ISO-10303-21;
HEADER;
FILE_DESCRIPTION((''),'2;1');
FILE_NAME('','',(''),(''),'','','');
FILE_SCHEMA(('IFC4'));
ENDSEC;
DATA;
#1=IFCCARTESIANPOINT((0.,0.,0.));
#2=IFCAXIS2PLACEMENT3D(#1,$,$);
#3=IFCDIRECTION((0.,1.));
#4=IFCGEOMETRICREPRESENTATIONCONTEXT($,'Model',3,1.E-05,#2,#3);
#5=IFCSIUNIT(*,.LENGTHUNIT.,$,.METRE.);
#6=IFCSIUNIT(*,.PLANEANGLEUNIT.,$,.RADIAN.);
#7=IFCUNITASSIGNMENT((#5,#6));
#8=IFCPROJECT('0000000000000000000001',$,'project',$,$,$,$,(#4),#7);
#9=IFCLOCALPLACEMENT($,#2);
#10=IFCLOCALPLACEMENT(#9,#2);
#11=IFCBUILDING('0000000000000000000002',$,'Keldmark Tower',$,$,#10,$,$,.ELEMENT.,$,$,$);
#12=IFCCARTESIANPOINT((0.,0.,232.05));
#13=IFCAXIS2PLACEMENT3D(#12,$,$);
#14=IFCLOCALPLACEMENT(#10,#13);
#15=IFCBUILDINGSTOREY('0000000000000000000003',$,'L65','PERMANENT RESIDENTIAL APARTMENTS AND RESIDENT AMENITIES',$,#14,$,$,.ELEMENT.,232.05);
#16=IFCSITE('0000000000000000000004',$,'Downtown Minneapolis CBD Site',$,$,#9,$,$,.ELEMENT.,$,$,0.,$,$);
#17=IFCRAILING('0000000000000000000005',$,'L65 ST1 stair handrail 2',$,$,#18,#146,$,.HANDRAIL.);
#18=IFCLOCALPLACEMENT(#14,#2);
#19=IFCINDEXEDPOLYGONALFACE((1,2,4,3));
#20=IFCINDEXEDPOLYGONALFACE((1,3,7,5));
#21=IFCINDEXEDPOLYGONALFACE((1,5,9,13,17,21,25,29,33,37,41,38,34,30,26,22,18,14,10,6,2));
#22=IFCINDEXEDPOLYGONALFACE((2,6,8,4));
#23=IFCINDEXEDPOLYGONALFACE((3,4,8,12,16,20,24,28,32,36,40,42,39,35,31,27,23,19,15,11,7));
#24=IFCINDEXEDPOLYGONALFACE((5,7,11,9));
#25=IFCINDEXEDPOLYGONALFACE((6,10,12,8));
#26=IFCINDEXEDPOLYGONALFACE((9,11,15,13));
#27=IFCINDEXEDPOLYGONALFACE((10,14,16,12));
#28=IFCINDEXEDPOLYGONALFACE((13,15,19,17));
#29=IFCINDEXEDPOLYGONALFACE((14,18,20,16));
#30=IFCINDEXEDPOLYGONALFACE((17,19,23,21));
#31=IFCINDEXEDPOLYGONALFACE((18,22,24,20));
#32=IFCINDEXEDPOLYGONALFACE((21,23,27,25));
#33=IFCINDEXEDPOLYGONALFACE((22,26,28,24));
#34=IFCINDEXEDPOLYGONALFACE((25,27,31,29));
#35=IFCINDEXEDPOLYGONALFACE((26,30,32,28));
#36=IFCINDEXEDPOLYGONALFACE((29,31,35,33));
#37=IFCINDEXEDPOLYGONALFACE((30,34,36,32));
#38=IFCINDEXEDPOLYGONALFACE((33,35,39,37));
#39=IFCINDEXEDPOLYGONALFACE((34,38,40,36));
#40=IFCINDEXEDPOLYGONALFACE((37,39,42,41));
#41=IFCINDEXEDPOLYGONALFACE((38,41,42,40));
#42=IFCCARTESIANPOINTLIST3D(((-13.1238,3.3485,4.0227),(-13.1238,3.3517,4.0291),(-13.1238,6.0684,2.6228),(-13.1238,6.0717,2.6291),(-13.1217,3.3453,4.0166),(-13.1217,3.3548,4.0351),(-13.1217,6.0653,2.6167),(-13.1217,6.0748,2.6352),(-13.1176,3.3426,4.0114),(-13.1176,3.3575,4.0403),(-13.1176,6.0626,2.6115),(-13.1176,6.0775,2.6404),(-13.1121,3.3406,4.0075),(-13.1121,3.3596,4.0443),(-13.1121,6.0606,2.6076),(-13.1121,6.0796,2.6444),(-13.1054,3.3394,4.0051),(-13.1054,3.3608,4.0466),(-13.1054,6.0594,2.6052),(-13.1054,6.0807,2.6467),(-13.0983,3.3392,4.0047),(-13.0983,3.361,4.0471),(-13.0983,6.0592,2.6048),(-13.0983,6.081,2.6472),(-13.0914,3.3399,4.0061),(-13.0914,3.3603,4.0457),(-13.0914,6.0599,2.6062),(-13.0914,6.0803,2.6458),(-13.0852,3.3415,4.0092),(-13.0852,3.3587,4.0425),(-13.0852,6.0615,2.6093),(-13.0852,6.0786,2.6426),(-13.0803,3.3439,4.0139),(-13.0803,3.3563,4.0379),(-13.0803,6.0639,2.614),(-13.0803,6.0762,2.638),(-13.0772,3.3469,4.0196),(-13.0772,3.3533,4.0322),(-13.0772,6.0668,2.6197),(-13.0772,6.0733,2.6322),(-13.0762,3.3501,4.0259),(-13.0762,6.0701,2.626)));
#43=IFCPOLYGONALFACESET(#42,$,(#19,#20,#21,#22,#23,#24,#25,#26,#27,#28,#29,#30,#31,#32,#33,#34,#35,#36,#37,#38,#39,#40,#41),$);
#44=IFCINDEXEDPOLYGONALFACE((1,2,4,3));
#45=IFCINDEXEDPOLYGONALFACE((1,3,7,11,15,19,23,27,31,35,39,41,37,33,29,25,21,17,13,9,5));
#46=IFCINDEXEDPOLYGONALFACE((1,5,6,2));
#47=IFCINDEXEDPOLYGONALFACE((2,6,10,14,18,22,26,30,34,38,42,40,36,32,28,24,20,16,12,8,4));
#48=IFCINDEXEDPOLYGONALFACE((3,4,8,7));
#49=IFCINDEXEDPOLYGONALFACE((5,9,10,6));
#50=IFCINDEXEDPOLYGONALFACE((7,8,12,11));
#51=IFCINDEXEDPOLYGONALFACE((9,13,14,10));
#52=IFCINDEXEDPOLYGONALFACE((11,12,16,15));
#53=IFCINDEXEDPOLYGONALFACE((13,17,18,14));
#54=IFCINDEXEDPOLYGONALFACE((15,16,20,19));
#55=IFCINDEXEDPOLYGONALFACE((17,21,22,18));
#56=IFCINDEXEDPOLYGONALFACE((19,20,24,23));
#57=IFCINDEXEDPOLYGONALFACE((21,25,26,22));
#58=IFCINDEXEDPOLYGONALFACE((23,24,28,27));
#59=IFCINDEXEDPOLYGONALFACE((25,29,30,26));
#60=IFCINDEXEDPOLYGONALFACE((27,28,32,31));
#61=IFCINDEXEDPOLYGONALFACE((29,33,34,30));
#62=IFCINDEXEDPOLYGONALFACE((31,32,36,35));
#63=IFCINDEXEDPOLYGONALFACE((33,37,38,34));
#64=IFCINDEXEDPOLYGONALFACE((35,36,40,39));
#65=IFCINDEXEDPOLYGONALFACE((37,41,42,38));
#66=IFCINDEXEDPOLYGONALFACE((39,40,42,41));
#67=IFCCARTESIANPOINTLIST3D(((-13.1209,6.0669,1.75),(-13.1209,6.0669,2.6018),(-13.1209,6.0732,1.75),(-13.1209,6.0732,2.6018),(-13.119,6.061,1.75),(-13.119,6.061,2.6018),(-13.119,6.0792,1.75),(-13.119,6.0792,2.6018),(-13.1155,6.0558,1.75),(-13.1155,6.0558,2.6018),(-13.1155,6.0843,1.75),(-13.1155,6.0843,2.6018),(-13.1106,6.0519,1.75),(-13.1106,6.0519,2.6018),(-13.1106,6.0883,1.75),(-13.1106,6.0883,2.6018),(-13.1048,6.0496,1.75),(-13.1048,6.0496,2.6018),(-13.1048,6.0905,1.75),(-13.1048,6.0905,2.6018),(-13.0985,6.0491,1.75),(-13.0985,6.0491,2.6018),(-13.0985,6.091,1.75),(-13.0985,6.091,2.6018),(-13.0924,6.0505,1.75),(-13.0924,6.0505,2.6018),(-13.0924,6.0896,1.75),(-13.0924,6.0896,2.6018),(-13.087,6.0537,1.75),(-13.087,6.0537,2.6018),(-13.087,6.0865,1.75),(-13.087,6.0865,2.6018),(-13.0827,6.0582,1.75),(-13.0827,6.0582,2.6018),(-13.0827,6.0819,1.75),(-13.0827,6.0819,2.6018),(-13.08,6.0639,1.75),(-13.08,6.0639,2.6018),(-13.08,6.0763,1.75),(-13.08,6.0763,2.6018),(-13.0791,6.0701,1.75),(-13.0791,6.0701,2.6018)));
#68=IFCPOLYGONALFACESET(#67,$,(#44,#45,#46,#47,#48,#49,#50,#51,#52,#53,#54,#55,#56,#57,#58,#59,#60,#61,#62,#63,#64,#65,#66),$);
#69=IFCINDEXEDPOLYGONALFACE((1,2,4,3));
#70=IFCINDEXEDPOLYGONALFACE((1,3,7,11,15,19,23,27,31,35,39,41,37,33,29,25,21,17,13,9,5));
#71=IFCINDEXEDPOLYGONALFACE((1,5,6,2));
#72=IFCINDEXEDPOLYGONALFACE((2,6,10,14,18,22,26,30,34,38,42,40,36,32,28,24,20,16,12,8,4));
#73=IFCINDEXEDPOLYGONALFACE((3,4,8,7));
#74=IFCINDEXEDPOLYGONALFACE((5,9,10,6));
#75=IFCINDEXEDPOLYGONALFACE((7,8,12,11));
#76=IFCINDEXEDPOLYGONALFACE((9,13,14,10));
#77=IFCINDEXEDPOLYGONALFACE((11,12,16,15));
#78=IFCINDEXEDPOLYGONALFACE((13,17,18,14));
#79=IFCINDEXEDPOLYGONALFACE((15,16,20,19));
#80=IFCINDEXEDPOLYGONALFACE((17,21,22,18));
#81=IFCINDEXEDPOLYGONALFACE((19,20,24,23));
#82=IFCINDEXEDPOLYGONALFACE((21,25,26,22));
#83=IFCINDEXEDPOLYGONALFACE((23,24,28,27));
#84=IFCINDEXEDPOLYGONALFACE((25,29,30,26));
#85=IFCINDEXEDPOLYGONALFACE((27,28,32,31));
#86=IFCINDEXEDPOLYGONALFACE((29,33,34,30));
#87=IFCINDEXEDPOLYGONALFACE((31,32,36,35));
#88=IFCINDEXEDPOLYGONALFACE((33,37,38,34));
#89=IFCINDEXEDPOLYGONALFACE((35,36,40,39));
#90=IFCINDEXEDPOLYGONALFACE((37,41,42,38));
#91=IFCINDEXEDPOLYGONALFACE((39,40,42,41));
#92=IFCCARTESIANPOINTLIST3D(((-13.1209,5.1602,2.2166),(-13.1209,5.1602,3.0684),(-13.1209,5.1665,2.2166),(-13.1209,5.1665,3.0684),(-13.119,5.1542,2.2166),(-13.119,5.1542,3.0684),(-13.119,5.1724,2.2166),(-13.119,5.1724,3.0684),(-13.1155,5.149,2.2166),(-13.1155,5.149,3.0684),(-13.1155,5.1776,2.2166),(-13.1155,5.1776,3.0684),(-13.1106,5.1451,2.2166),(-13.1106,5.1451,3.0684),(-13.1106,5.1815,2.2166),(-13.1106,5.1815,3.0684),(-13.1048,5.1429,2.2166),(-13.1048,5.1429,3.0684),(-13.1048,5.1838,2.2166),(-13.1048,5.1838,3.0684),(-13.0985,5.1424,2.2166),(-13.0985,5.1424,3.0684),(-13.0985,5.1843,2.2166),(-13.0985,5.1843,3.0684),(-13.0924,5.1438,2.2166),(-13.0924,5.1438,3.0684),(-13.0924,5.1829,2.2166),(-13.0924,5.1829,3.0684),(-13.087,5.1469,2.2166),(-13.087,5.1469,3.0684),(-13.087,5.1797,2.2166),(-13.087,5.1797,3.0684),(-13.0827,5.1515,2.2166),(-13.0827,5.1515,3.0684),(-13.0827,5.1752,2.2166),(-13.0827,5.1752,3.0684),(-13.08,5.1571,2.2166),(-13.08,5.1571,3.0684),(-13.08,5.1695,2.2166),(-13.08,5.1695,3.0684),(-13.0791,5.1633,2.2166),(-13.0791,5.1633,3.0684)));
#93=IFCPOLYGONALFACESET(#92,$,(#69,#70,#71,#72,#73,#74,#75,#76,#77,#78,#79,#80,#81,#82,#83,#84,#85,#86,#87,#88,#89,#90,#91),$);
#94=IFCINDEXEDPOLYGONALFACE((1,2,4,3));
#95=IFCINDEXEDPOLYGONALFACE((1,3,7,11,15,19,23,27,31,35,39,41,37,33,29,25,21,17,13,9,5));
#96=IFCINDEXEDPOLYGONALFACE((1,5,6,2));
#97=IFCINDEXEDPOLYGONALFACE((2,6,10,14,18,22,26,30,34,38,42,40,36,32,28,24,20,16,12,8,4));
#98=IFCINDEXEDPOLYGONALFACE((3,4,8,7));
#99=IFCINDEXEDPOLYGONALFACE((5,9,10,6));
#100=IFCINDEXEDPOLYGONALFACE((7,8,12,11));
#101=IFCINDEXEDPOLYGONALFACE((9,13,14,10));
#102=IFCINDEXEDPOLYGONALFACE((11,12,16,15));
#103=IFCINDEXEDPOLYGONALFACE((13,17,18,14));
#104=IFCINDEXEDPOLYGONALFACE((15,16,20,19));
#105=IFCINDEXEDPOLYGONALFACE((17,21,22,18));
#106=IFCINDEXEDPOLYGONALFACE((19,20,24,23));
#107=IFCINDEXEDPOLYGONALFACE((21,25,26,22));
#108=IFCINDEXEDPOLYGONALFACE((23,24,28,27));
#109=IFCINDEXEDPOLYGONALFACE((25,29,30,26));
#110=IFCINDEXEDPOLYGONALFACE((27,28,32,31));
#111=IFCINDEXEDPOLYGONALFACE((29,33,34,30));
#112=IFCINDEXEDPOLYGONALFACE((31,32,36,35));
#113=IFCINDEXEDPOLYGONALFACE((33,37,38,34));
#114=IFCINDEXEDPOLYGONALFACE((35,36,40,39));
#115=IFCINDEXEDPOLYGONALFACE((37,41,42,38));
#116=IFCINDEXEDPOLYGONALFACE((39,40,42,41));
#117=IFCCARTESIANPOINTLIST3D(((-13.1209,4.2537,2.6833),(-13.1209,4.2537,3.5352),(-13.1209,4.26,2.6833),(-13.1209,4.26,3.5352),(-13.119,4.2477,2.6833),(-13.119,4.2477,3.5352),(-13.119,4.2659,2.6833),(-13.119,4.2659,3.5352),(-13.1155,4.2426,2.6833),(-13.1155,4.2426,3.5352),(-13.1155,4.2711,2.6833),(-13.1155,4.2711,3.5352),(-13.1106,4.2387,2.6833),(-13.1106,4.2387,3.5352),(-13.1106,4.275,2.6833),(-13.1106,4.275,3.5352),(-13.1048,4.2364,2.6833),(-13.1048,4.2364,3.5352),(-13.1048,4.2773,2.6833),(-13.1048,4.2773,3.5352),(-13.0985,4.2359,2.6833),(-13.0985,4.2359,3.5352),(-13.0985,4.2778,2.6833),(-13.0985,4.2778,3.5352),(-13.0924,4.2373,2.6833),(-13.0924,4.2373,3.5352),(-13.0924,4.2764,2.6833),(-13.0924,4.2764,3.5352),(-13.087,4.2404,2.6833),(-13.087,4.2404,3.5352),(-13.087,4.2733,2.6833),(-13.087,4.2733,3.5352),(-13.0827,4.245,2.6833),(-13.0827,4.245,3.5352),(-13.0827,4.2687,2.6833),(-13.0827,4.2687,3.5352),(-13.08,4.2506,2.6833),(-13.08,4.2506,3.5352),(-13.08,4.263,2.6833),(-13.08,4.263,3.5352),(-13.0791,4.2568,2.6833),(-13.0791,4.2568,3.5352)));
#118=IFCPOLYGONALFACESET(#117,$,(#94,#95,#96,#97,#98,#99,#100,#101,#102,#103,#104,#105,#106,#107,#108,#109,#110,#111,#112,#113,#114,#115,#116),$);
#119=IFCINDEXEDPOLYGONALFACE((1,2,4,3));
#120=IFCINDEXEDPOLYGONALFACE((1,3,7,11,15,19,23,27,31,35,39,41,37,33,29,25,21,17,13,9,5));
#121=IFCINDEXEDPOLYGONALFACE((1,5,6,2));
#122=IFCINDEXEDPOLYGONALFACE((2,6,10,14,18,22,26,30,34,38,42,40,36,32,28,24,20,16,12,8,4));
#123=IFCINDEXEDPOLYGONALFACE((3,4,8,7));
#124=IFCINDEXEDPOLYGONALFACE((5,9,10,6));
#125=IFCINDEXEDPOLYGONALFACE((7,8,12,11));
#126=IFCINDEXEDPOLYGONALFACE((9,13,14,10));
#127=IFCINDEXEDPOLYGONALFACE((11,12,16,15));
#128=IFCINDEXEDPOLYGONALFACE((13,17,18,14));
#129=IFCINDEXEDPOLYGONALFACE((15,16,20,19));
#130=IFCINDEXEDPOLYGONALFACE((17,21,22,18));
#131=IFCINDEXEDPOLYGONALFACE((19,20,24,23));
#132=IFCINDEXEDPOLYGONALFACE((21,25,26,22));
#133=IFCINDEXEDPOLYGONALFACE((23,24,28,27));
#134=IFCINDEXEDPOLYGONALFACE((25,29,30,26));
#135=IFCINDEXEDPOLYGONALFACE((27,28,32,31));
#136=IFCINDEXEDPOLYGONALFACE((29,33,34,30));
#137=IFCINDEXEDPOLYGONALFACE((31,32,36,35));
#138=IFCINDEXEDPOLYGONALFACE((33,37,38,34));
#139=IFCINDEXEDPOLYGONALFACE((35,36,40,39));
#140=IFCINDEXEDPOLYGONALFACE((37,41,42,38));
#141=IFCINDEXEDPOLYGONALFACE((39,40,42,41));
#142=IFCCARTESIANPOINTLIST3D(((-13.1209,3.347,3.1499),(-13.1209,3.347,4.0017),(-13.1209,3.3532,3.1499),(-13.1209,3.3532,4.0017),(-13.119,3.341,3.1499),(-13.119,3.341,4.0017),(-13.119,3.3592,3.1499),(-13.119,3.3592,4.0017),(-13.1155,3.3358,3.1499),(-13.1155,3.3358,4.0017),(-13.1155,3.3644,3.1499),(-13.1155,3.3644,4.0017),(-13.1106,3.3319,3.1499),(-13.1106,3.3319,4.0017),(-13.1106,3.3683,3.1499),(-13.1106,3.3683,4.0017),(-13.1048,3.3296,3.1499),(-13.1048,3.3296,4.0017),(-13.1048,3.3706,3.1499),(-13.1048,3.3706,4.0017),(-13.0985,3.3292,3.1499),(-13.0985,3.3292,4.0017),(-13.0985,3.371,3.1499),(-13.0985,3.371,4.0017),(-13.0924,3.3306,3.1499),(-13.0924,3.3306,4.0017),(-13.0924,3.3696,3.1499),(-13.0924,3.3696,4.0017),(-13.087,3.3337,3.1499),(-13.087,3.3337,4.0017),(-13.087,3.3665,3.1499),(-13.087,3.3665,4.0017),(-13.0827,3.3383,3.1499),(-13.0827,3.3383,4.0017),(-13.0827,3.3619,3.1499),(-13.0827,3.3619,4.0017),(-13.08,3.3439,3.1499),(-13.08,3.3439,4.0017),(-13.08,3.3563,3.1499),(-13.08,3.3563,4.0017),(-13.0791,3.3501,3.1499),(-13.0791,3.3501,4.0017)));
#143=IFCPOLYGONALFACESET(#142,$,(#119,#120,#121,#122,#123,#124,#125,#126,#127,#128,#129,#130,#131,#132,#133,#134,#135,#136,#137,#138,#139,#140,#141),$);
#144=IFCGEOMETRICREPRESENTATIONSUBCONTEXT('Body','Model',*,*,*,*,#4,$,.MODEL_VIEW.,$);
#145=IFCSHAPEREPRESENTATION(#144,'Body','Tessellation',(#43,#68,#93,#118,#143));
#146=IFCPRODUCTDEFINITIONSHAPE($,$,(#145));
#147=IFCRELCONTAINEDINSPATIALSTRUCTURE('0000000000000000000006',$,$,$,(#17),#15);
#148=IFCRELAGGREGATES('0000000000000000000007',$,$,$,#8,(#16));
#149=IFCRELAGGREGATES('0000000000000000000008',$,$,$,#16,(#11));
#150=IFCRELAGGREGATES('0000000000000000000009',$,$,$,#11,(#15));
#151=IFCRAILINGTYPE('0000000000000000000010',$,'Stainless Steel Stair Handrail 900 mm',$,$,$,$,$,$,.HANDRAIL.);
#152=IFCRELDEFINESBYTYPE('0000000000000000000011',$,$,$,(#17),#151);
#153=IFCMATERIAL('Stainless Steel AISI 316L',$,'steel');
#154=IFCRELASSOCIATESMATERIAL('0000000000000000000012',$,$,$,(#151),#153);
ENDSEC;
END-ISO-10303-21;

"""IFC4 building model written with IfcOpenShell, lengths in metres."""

from ifc_helpers import new_model, si_unit, direction, frame, origin, origin_2d, place, context, subcontext, project, spatial, circle, extrude, material, type_object, element, save


model = new_model("IFC4")

# Units and contexts
model_context = context("Model", 3, precision=1e-05, world=origin(), true_north=direction((0.0, 1.0)))
body_context = subcontext(model_context, "Body", "Model", "MODEL_VIEW")
ifc_project = project(units=[si_unit("LENGTHUNIT", "METRE"), si_unit("PLANEANGLEUNIT", "RADIAN")], contexts=[model_context])

# Site, building, storey
site_placement = place(None, origin())
site = spatial("IfcSite", under=ifc_project, at=site_placement, Name="Downtown Minneapolis CBD Site", CompositionType="ELEMENT", RefElevation=0.0)
building_placement = place(site_placement, origin())
building = spatial("IfcBuilding", under=site, at=building_placement, Name="Keldmark Tower", CompositionType="ELEMENT")
storey_placement = place(building_placement, frame((0.0, 0.0, 232.05)))
storey = spatial("IfcBuildingStorey", under=building, at=storey_placement, Name="L65", Description="PERMANENT RESIDENTIAL APARTMENTS AND RESIDENT AMENITIES", CompositionType="ELEMENT", Elevation=232.05)

# Railing
ifc_material_1 = material(Name="Stainless Steel AISI 316L", Category="steel")
railing_type_1 = type_object("IfcRailingType", Name="Stainless Steel Stair Handrail 900 mm", PredefinedType="HANDRAIL", material=ifc_material_1)
railing_1_placement = place(storey_placement, frame((-13.1001, 6.0701, 1.75)))
element("IfcRailing", 1, at=railing_1_placement, inside=storey, type_object=railing_type_1, Name="L65 ST1 stair handrail 2", PredefinedType="HANDRAIL", context=body_context, shape_type="SweptSolid", body=[
    extrude(circle(Radius=0.0239, at=origin_2d()), frame((0.0, 0.0, 0.876), z_axis=(0.0, -0.889147, 0.457622), x_axis=(1.0, 0.0, 0.0)), (0.0, 0.0, 1.0), 3.0591),
    extrude(circle(Radius=0.021, at=origin_2d()), origin(), (0.0, 0.0, 1.0), 0.8518),
    extrude(circle(Radius=0.021, at=origin_2d()), frame((0.0, -0.9067, 0.4666)), (0.0, 0.0, 1.0), 0.8518),
    extrude(circle(Radius=0.021, at=origin_2d()), frame((0.0, -1.8132, 0.9333)), (0.0, 0.0, 1.0), 0.8518),
    extrude(circle(Radius=0.021, at=origin_2d()), frame((0.0, -2.72, 1.3999)), (0.0, 0.0, 1.0), 0.8518),
])

save(model, "model.ifc")
